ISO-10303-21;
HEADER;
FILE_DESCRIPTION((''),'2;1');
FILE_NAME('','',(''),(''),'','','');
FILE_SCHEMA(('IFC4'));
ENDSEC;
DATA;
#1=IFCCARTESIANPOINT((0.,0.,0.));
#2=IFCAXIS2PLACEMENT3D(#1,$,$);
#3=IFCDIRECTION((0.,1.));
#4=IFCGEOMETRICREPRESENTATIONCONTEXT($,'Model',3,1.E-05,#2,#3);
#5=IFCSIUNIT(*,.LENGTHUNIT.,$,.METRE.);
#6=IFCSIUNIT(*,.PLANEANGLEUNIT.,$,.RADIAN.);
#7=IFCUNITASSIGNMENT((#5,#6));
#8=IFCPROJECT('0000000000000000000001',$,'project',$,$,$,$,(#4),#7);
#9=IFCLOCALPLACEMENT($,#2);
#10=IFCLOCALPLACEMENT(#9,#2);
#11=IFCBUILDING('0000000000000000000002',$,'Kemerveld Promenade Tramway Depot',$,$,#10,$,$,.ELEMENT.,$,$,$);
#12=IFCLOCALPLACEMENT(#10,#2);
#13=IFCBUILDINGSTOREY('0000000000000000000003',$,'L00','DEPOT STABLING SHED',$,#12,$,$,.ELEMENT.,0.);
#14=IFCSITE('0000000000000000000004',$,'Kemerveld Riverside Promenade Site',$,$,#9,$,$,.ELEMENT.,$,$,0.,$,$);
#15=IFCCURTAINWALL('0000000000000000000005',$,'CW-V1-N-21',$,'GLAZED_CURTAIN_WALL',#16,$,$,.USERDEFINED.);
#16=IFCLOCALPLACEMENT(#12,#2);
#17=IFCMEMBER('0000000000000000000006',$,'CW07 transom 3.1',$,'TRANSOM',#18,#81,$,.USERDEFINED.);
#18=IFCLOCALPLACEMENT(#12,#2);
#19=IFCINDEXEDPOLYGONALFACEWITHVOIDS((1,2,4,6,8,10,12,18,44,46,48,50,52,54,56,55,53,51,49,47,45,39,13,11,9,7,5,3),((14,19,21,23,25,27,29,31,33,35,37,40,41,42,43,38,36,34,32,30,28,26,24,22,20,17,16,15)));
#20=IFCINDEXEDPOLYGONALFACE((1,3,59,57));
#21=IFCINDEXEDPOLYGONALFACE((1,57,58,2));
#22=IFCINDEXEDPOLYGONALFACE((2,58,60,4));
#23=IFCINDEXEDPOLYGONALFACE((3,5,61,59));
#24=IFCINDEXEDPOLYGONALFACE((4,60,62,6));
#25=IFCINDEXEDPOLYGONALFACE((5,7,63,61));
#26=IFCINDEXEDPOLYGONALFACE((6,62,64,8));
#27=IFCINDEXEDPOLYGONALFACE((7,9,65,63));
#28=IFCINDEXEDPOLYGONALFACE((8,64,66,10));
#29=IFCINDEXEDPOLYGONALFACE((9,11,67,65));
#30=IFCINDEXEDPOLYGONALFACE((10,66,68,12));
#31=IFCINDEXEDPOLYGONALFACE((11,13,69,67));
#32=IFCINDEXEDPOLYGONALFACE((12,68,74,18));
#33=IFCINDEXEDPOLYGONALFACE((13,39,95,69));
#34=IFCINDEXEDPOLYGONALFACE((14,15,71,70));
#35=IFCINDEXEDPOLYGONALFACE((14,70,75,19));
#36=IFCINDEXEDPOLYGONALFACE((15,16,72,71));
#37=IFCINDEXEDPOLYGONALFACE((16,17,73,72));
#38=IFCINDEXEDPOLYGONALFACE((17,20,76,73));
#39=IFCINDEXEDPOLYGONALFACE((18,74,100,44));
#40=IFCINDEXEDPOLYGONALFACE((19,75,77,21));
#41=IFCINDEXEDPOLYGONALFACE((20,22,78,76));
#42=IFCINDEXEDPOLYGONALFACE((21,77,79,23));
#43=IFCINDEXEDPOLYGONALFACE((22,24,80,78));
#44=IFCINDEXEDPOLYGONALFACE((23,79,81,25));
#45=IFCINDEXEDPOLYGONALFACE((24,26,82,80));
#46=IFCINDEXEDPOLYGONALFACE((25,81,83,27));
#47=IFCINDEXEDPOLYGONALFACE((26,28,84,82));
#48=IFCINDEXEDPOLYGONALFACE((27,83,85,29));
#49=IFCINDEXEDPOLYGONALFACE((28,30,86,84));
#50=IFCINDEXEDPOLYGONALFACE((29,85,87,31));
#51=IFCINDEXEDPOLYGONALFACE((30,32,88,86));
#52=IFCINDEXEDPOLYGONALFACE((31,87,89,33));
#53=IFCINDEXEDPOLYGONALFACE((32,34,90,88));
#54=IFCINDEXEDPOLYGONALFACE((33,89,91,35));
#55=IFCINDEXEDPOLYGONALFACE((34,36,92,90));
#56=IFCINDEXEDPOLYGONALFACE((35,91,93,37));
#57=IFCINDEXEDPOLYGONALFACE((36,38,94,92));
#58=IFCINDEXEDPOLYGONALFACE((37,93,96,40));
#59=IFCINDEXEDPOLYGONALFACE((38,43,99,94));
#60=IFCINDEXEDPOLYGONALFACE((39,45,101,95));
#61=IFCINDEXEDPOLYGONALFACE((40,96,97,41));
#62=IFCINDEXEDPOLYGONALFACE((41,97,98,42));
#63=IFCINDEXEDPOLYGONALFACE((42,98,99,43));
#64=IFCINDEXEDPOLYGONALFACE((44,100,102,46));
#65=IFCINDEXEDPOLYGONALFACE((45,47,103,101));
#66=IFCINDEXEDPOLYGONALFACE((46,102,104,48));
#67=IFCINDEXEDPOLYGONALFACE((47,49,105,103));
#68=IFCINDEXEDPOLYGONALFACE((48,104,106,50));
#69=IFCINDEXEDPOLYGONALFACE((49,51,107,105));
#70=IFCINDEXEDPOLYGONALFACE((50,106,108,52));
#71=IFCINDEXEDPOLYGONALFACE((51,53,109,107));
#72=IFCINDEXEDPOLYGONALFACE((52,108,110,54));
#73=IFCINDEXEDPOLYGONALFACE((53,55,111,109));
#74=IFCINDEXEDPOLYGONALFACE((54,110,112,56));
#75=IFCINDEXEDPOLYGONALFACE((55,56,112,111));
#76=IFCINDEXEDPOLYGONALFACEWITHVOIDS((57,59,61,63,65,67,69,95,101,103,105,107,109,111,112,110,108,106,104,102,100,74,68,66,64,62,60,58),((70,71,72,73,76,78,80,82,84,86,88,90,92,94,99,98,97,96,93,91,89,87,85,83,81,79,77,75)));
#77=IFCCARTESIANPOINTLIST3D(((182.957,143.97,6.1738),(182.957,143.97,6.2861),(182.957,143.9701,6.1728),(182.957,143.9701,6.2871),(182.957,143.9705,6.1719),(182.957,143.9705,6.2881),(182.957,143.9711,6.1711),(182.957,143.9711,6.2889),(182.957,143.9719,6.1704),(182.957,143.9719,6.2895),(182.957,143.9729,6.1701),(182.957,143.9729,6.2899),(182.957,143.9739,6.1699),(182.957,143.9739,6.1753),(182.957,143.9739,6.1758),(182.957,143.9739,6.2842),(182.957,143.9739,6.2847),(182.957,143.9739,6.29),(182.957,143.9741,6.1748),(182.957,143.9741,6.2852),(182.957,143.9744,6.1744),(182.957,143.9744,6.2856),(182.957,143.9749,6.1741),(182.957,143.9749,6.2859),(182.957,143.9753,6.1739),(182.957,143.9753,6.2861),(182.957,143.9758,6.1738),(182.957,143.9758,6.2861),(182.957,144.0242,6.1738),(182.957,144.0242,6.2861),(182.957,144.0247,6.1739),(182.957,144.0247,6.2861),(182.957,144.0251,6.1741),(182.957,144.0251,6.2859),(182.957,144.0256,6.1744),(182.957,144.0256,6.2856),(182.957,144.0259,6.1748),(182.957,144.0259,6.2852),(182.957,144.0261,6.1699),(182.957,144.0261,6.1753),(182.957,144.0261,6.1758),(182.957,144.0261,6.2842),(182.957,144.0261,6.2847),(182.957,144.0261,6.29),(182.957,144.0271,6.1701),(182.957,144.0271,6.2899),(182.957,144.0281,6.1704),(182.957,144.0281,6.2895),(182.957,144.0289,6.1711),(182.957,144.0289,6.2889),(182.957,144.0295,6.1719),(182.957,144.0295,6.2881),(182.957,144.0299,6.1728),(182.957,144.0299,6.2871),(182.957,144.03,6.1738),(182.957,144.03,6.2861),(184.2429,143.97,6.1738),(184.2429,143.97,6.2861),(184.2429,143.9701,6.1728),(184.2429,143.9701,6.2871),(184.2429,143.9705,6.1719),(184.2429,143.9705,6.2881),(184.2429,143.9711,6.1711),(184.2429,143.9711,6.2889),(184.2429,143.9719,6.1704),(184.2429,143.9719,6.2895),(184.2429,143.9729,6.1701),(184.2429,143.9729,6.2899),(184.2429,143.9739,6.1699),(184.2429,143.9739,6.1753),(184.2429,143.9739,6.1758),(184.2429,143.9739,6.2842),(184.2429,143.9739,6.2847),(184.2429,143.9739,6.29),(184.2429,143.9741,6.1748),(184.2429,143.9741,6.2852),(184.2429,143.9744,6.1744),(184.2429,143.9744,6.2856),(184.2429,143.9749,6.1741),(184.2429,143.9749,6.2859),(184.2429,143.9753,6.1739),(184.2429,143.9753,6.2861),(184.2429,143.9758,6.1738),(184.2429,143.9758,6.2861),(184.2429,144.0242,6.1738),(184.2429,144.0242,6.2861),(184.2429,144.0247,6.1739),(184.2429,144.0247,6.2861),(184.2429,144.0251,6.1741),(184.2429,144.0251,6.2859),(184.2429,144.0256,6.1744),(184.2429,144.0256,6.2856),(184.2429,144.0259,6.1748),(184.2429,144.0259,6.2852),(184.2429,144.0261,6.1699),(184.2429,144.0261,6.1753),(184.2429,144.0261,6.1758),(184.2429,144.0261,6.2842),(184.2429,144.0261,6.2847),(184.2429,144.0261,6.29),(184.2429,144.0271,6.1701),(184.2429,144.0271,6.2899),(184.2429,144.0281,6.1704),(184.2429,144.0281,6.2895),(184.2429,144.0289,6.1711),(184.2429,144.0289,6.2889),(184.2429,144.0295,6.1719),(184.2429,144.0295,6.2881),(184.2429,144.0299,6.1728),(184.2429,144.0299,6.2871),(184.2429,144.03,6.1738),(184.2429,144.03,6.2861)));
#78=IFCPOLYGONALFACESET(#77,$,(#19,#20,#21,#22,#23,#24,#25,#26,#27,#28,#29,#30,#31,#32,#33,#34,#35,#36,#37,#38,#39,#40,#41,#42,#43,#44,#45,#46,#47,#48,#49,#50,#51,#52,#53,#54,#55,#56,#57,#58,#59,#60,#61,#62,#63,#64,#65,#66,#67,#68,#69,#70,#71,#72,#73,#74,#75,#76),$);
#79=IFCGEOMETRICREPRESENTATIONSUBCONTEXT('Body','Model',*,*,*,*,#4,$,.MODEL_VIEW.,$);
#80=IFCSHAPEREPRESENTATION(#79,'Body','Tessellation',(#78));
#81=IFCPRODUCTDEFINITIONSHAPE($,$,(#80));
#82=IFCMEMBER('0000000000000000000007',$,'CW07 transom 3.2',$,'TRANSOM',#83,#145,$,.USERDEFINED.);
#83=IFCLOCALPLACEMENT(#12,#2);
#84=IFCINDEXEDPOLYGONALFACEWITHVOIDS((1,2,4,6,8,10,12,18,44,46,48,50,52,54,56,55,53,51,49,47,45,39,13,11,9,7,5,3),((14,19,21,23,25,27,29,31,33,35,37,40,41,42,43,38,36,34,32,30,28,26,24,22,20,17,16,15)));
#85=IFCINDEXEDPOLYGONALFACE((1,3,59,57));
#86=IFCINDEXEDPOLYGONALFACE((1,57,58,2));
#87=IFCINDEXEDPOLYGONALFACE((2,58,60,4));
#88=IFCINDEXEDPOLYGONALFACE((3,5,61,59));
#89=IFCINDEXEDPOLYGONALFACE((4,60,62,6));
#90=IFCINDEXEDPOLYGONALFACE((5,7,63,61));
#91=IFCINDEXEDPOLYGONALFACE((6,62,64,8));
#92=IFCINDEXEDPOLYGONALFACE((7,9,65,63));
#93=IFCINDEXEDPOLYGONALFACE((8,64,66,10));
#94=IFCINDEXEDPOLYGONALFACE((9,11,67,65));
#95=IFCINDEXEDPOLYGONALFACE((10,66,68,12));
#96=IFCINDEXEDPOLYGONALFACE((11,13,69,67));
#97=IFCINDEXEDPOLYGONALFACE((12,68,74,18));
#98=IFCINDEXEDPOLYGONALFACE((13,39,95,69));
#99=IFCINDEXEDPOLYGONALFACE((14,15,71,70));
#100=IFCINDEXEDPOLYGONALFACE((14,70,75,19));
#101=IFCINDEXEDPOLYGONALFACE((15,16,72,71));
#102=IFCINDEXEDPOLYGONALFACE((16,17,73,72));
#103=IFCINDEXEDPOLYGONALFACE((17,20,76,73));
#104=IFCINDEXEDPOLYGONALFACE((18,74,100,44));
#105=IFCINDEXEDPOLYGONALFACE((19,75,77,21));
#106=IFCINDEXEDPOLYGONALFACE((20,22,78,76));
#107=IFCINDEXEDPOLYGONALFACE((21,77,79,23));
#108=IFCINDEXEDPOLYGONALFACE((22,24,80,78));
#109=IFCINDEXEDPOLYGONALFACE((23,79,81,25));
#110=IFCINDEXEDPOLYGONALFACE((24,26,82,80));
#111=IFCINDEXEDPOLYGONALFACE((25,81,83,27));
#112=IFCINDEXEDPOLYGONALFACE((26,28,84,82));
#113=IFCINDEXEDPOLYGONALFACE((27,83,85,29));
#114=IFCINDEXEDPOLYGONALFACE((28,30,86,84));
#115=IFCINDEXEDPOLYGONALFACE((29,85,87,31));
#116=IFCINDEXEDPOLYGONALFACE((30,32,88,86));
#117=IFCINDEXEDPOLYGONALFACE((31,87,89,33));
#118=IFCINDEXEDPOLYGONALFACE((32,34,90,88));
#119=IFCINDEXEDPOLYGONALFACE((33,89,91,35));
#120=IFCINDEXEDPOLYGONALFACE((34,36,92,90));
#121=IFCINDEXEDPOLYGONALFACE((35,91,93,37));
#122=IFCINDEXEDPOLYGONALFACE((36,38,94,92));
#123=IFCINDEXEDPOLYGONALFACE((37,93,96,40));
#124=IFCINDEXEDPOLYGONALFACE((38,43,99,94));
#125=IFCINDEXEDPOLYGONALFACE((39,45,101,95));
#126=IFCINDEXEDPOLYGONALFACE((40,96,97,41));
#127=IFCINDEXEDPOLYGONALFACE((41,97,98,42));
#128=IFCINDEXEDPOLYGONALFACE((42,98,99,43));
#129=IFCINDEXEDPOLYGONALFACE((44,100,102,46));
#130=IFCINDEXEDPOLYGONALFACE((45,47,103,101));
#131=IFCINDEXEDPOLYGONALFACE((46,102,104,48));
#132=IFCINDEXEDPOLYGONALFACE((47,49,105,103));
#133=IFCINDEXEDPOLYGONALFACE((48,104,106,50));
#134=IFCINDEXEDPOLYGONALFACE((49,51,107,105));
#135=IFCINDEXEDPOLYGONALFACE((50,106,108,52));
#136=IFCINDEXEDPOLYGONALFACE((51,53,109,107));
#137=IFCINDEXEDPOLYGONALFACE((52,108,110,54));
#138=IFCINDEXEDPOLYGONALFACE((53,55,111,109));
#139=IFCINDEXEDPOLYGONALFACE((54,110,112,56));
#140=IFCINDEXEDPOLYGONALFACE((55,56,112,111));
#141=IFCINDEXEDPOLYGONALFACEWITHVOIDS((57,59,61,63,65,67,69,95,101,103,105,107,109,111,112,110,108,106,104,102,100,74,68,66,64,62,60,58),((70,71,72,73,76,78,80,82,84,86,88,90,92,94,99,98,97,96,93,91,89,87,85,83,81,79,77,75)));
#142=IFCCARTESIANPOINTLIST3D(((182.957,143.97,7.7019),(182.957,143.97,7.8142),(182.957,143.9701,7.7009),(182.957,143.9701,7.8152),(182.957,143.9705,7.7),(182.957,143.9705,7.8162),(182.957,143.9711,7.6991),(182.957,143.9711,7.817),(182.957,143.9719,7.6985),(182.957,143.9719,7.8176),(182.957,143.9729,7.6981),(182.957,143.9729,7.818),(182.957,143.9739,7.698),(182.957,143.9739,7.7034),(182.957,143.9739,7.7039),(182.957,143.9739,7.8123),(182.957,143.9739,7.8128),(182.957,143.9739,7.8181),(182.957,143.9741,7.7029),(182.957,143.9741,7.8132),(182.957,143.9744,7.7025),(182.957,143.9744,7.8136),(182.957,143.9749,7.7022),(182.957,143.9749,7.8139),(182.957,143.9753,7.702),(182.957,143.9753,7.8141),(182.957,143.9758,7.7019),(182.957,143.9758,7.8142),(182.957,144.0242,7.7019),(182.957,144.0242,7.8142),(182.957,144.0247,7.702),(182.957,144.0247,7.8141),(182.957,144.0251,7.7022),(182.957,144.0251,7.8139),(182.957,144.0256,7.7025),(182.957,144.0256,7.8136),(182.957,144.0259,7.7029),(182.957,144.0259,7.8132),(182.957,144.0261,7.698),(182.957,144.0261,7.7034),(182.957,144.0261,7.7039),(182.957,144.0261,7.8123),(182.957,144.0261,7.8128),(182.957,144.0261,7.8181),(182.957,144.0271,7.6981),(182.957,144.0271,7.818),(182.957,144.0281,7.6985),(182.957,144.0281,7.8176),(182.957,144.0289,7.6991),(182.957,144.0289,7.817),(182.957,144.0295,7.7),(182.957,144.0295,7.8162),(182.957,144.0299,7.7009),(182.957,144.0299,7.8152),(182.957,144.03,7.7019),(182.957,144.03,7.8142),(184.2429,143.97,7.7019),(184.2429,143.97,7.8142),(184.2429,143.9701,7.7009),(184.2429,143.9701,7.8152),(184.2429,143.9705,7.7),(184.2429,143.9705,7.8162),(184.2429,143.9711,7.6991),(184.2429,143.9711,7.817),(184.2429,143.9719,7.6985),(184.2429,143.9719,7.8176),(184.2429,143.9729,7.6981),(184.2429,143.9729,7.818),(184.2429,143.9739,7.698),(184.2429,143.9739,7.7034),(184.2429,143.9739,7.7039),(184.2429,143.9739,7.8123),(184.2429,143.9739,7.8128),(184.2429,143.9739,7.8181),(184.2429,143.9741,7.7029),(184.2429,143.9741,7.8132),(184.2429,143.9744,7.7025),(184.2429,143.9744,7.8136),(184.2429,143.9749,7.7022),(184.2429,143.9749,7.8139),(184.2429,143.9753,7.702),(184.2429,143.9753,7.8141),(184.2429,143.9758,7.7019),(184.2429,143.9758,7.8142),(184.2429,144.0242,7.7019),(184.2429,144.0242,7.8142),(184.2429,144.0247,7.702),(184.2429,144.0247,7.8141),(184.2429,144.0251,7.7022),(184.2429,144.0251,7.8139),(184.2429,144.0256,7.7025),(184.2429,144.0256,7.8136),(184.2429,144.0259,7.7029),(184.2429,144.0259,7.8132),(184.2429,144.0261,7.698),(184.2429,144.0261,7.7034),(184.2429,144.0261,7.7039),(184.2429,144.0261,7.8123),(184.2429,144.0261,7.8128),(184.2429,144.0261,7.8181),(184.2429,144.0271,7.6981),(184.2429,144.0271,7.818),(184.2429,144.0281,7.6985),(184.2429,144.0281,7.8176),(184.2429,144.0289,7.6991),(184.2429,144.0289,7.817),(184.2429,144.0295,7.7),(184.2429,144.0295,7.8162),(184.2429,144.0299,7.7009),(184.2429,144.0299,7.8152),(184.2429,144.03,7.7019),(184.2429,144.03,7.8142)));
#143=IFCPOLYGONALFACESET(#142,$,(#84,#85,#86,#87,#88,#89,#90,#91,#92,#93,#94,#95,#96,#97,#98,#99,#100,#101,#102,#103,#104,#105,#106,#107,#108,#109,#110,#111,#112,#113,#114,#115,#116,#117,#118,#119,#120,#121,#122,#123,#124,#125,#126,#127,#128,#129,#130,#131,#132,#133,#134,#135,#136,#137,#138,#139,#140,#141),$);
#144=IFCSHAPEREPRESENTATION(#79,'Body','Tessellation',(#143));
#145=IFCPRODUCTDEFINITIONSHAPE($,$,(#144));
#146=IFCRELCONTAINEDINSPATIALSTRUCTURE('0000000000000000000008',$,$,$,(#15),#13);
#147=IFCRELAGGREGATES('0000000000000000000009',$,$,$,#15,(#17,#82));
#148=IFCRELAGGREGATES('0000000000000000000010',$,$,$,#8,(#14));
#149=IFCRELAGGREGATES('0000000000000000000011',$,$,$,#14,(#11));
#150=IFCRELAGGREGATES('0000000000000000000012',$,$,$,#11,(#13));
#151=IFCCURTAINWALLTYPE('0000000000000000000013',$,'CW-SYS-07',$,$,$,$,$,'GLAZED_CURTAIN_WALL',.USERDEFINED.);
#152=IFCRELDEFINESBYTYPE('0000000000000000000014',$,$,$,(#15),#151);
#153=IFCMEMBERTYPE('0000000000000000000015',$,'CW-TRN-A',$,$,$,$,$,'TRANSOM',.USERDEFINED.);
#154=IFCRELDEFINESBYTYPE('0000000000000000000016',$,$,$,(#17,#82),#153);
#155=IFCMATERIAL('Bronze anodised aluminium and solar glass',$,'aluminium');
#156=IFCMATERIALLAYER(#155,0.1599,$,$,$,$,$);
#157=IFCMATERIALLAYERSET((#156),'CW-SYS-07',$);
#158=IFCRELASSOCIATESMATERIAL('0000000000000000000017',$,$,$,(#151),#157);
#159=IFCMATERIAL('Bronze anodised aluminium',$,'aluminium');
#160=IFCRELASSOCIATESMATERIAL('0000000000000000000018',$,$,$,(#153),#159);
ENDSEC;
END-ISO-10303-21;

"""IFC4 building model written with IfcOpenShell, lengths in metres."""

from ifc_helpers import new_model, si_unit, direction, frame, origin, origin_2d, place, context, subcontext, project, spatial, hollow_rectangle, extrude, material, layer, layer_set, material_profile, profile_set, type_object, element, aggregate, save


model = new_model("IFC4")

# Units and contexts
model_context = context("Model", 3, precision=1e-05, world=origin(), true_north=direction((0.0, 1.0)))
body_context = subcontext(model_context, "Body", "Model", "MODEL_VIEW")
ifc_project = project(units=[si_unit("LENGTHUNIT", "METRE"), si_unit("PLANEANGLEUNIT", "RADIAN")], contexts=[model_context])

# Site, building, storey
site_placement = place(None, origin())
site = spatial("IfcSite", under=ifc_project, at=site_placement, Name="Kemerveld Riverside Promenade Site", CompositionType="ELEMENT", RefElevation=0.0)
building_placement = place(site_placement, origin())
building = spatial("IfcBuilding", under=site, at=building_placement, Name="Kemerveld Promenade Tramway Depot", CompositionType="ELEMENT")
storey_placement = place(building_placement, origin())
storey = spatial("IfcBuildingStorey", under=building, at=storey_placement, Name="L00", Description="DEPOT STABLING SHED", CompositionType="ELEMENT", Elevation=0.0)

# Curtain wall
ifc_material_1 = material(Name="Bronze anodised aluminium and solar glass", Category="aluminium")
ifc_layer_1 = layer(ifc_material_1, 0.1599)
ifc_layer_set_1 = layer_set([ifc_layer_1], Name="CW-SYS-07")
curtain_wall_type_1 = type_object("IfcCurtainWallType", Name="CW-SYS-07", ElementType="GLAZED_CURTAIN_WALL", PredefinedType="USERDEFINED", material=ifc_layer_set_1)
curtain_wall_1_placement = place(storey_placement, origin())
curtain_wall_1 = element("IfcCurtainWall", 1, at=curtain_wall_1_placement, inside=storey, type_object=curtain_wall_type_1, Name="CW-V1-N-21", ObjectType="GLAZED_CURTAIN_WALL", PredefinedType="USERDEFINED")
ifc_material_2 = material(Name="Bronze anodised aluminium", Category="aluminium")

# Members
ifc_material_profile_1 = material_profile(ifc_material_2, hollow_rectangle(XDim=0.0601, YDim=0.1201, WallThickness=0.0039, InnerFilletRadius=0.002, OuterFilletRadius=0.0039, at=origin_2d()), Name="CW-TRN-120x60")
ifc_profile_set_1 = profile_set([ifc_material_profile_1], Name="Bronze anodised aluminium")
member_type_1 = type_object("IfcMemberType", Name="CW-TRN-A", ElementType="TRANSOM", PredefinedType="USERDEFINED", material=ifc_profile_set_1)
member_1_placement = place(storey_placement, frame((182.957, 144.0, 6.23), z_axis=(1.0, 0.0, 0.0), x_axis=(0.0, 1.0, 0.0)))
member_1 = element("IfcMember", 2, at=member_1_placement, type_object=member_type_1, Name="CW07 transom 3.1", ObjectType="TRANSOM", PredefinedType="USERDEFINED", context=body_context, shape_type="SweptSolid", body=[
    extrude(hollow_rectangle(XDim=0.0601, YDim=0.1201, WallThickness=0.0039, InnerFilletRadius=0.002, OuterFilletRadius=0.0039, at=origin_2d()), origin(), (0.0, 0.0, 1.0), 1.2859),
])
member_2_placement = place(storey_placement, frame((182.957, 144.0, 7.7581), z_axis=(1.0, 0.0, 0.0), x_axis=(0.0, 1.0, 0.0)))
member_2 = element("IfcMember", 3, at=member_2_placement, type_object=member_type_1, Name="CW07 transom 3.2", ObjectType="TRANSOM", PredefinedType="USERDEFINED", context=body_context, shape_type="SweptSolid", body=[
    extrude(hollow_rectangle(XDim=0.0601, YDim=0.1201, WallThickness=0.0039, InnerFilletRadius=0.002, OuterFilletRadius=0.0039, at=origin_2d()), origin(), (0.0, 0.0, 1.0), 1.2859),
])

aggregate(curtain_wall_1, [member_1, member_2])

save(model, "model.ifc")
